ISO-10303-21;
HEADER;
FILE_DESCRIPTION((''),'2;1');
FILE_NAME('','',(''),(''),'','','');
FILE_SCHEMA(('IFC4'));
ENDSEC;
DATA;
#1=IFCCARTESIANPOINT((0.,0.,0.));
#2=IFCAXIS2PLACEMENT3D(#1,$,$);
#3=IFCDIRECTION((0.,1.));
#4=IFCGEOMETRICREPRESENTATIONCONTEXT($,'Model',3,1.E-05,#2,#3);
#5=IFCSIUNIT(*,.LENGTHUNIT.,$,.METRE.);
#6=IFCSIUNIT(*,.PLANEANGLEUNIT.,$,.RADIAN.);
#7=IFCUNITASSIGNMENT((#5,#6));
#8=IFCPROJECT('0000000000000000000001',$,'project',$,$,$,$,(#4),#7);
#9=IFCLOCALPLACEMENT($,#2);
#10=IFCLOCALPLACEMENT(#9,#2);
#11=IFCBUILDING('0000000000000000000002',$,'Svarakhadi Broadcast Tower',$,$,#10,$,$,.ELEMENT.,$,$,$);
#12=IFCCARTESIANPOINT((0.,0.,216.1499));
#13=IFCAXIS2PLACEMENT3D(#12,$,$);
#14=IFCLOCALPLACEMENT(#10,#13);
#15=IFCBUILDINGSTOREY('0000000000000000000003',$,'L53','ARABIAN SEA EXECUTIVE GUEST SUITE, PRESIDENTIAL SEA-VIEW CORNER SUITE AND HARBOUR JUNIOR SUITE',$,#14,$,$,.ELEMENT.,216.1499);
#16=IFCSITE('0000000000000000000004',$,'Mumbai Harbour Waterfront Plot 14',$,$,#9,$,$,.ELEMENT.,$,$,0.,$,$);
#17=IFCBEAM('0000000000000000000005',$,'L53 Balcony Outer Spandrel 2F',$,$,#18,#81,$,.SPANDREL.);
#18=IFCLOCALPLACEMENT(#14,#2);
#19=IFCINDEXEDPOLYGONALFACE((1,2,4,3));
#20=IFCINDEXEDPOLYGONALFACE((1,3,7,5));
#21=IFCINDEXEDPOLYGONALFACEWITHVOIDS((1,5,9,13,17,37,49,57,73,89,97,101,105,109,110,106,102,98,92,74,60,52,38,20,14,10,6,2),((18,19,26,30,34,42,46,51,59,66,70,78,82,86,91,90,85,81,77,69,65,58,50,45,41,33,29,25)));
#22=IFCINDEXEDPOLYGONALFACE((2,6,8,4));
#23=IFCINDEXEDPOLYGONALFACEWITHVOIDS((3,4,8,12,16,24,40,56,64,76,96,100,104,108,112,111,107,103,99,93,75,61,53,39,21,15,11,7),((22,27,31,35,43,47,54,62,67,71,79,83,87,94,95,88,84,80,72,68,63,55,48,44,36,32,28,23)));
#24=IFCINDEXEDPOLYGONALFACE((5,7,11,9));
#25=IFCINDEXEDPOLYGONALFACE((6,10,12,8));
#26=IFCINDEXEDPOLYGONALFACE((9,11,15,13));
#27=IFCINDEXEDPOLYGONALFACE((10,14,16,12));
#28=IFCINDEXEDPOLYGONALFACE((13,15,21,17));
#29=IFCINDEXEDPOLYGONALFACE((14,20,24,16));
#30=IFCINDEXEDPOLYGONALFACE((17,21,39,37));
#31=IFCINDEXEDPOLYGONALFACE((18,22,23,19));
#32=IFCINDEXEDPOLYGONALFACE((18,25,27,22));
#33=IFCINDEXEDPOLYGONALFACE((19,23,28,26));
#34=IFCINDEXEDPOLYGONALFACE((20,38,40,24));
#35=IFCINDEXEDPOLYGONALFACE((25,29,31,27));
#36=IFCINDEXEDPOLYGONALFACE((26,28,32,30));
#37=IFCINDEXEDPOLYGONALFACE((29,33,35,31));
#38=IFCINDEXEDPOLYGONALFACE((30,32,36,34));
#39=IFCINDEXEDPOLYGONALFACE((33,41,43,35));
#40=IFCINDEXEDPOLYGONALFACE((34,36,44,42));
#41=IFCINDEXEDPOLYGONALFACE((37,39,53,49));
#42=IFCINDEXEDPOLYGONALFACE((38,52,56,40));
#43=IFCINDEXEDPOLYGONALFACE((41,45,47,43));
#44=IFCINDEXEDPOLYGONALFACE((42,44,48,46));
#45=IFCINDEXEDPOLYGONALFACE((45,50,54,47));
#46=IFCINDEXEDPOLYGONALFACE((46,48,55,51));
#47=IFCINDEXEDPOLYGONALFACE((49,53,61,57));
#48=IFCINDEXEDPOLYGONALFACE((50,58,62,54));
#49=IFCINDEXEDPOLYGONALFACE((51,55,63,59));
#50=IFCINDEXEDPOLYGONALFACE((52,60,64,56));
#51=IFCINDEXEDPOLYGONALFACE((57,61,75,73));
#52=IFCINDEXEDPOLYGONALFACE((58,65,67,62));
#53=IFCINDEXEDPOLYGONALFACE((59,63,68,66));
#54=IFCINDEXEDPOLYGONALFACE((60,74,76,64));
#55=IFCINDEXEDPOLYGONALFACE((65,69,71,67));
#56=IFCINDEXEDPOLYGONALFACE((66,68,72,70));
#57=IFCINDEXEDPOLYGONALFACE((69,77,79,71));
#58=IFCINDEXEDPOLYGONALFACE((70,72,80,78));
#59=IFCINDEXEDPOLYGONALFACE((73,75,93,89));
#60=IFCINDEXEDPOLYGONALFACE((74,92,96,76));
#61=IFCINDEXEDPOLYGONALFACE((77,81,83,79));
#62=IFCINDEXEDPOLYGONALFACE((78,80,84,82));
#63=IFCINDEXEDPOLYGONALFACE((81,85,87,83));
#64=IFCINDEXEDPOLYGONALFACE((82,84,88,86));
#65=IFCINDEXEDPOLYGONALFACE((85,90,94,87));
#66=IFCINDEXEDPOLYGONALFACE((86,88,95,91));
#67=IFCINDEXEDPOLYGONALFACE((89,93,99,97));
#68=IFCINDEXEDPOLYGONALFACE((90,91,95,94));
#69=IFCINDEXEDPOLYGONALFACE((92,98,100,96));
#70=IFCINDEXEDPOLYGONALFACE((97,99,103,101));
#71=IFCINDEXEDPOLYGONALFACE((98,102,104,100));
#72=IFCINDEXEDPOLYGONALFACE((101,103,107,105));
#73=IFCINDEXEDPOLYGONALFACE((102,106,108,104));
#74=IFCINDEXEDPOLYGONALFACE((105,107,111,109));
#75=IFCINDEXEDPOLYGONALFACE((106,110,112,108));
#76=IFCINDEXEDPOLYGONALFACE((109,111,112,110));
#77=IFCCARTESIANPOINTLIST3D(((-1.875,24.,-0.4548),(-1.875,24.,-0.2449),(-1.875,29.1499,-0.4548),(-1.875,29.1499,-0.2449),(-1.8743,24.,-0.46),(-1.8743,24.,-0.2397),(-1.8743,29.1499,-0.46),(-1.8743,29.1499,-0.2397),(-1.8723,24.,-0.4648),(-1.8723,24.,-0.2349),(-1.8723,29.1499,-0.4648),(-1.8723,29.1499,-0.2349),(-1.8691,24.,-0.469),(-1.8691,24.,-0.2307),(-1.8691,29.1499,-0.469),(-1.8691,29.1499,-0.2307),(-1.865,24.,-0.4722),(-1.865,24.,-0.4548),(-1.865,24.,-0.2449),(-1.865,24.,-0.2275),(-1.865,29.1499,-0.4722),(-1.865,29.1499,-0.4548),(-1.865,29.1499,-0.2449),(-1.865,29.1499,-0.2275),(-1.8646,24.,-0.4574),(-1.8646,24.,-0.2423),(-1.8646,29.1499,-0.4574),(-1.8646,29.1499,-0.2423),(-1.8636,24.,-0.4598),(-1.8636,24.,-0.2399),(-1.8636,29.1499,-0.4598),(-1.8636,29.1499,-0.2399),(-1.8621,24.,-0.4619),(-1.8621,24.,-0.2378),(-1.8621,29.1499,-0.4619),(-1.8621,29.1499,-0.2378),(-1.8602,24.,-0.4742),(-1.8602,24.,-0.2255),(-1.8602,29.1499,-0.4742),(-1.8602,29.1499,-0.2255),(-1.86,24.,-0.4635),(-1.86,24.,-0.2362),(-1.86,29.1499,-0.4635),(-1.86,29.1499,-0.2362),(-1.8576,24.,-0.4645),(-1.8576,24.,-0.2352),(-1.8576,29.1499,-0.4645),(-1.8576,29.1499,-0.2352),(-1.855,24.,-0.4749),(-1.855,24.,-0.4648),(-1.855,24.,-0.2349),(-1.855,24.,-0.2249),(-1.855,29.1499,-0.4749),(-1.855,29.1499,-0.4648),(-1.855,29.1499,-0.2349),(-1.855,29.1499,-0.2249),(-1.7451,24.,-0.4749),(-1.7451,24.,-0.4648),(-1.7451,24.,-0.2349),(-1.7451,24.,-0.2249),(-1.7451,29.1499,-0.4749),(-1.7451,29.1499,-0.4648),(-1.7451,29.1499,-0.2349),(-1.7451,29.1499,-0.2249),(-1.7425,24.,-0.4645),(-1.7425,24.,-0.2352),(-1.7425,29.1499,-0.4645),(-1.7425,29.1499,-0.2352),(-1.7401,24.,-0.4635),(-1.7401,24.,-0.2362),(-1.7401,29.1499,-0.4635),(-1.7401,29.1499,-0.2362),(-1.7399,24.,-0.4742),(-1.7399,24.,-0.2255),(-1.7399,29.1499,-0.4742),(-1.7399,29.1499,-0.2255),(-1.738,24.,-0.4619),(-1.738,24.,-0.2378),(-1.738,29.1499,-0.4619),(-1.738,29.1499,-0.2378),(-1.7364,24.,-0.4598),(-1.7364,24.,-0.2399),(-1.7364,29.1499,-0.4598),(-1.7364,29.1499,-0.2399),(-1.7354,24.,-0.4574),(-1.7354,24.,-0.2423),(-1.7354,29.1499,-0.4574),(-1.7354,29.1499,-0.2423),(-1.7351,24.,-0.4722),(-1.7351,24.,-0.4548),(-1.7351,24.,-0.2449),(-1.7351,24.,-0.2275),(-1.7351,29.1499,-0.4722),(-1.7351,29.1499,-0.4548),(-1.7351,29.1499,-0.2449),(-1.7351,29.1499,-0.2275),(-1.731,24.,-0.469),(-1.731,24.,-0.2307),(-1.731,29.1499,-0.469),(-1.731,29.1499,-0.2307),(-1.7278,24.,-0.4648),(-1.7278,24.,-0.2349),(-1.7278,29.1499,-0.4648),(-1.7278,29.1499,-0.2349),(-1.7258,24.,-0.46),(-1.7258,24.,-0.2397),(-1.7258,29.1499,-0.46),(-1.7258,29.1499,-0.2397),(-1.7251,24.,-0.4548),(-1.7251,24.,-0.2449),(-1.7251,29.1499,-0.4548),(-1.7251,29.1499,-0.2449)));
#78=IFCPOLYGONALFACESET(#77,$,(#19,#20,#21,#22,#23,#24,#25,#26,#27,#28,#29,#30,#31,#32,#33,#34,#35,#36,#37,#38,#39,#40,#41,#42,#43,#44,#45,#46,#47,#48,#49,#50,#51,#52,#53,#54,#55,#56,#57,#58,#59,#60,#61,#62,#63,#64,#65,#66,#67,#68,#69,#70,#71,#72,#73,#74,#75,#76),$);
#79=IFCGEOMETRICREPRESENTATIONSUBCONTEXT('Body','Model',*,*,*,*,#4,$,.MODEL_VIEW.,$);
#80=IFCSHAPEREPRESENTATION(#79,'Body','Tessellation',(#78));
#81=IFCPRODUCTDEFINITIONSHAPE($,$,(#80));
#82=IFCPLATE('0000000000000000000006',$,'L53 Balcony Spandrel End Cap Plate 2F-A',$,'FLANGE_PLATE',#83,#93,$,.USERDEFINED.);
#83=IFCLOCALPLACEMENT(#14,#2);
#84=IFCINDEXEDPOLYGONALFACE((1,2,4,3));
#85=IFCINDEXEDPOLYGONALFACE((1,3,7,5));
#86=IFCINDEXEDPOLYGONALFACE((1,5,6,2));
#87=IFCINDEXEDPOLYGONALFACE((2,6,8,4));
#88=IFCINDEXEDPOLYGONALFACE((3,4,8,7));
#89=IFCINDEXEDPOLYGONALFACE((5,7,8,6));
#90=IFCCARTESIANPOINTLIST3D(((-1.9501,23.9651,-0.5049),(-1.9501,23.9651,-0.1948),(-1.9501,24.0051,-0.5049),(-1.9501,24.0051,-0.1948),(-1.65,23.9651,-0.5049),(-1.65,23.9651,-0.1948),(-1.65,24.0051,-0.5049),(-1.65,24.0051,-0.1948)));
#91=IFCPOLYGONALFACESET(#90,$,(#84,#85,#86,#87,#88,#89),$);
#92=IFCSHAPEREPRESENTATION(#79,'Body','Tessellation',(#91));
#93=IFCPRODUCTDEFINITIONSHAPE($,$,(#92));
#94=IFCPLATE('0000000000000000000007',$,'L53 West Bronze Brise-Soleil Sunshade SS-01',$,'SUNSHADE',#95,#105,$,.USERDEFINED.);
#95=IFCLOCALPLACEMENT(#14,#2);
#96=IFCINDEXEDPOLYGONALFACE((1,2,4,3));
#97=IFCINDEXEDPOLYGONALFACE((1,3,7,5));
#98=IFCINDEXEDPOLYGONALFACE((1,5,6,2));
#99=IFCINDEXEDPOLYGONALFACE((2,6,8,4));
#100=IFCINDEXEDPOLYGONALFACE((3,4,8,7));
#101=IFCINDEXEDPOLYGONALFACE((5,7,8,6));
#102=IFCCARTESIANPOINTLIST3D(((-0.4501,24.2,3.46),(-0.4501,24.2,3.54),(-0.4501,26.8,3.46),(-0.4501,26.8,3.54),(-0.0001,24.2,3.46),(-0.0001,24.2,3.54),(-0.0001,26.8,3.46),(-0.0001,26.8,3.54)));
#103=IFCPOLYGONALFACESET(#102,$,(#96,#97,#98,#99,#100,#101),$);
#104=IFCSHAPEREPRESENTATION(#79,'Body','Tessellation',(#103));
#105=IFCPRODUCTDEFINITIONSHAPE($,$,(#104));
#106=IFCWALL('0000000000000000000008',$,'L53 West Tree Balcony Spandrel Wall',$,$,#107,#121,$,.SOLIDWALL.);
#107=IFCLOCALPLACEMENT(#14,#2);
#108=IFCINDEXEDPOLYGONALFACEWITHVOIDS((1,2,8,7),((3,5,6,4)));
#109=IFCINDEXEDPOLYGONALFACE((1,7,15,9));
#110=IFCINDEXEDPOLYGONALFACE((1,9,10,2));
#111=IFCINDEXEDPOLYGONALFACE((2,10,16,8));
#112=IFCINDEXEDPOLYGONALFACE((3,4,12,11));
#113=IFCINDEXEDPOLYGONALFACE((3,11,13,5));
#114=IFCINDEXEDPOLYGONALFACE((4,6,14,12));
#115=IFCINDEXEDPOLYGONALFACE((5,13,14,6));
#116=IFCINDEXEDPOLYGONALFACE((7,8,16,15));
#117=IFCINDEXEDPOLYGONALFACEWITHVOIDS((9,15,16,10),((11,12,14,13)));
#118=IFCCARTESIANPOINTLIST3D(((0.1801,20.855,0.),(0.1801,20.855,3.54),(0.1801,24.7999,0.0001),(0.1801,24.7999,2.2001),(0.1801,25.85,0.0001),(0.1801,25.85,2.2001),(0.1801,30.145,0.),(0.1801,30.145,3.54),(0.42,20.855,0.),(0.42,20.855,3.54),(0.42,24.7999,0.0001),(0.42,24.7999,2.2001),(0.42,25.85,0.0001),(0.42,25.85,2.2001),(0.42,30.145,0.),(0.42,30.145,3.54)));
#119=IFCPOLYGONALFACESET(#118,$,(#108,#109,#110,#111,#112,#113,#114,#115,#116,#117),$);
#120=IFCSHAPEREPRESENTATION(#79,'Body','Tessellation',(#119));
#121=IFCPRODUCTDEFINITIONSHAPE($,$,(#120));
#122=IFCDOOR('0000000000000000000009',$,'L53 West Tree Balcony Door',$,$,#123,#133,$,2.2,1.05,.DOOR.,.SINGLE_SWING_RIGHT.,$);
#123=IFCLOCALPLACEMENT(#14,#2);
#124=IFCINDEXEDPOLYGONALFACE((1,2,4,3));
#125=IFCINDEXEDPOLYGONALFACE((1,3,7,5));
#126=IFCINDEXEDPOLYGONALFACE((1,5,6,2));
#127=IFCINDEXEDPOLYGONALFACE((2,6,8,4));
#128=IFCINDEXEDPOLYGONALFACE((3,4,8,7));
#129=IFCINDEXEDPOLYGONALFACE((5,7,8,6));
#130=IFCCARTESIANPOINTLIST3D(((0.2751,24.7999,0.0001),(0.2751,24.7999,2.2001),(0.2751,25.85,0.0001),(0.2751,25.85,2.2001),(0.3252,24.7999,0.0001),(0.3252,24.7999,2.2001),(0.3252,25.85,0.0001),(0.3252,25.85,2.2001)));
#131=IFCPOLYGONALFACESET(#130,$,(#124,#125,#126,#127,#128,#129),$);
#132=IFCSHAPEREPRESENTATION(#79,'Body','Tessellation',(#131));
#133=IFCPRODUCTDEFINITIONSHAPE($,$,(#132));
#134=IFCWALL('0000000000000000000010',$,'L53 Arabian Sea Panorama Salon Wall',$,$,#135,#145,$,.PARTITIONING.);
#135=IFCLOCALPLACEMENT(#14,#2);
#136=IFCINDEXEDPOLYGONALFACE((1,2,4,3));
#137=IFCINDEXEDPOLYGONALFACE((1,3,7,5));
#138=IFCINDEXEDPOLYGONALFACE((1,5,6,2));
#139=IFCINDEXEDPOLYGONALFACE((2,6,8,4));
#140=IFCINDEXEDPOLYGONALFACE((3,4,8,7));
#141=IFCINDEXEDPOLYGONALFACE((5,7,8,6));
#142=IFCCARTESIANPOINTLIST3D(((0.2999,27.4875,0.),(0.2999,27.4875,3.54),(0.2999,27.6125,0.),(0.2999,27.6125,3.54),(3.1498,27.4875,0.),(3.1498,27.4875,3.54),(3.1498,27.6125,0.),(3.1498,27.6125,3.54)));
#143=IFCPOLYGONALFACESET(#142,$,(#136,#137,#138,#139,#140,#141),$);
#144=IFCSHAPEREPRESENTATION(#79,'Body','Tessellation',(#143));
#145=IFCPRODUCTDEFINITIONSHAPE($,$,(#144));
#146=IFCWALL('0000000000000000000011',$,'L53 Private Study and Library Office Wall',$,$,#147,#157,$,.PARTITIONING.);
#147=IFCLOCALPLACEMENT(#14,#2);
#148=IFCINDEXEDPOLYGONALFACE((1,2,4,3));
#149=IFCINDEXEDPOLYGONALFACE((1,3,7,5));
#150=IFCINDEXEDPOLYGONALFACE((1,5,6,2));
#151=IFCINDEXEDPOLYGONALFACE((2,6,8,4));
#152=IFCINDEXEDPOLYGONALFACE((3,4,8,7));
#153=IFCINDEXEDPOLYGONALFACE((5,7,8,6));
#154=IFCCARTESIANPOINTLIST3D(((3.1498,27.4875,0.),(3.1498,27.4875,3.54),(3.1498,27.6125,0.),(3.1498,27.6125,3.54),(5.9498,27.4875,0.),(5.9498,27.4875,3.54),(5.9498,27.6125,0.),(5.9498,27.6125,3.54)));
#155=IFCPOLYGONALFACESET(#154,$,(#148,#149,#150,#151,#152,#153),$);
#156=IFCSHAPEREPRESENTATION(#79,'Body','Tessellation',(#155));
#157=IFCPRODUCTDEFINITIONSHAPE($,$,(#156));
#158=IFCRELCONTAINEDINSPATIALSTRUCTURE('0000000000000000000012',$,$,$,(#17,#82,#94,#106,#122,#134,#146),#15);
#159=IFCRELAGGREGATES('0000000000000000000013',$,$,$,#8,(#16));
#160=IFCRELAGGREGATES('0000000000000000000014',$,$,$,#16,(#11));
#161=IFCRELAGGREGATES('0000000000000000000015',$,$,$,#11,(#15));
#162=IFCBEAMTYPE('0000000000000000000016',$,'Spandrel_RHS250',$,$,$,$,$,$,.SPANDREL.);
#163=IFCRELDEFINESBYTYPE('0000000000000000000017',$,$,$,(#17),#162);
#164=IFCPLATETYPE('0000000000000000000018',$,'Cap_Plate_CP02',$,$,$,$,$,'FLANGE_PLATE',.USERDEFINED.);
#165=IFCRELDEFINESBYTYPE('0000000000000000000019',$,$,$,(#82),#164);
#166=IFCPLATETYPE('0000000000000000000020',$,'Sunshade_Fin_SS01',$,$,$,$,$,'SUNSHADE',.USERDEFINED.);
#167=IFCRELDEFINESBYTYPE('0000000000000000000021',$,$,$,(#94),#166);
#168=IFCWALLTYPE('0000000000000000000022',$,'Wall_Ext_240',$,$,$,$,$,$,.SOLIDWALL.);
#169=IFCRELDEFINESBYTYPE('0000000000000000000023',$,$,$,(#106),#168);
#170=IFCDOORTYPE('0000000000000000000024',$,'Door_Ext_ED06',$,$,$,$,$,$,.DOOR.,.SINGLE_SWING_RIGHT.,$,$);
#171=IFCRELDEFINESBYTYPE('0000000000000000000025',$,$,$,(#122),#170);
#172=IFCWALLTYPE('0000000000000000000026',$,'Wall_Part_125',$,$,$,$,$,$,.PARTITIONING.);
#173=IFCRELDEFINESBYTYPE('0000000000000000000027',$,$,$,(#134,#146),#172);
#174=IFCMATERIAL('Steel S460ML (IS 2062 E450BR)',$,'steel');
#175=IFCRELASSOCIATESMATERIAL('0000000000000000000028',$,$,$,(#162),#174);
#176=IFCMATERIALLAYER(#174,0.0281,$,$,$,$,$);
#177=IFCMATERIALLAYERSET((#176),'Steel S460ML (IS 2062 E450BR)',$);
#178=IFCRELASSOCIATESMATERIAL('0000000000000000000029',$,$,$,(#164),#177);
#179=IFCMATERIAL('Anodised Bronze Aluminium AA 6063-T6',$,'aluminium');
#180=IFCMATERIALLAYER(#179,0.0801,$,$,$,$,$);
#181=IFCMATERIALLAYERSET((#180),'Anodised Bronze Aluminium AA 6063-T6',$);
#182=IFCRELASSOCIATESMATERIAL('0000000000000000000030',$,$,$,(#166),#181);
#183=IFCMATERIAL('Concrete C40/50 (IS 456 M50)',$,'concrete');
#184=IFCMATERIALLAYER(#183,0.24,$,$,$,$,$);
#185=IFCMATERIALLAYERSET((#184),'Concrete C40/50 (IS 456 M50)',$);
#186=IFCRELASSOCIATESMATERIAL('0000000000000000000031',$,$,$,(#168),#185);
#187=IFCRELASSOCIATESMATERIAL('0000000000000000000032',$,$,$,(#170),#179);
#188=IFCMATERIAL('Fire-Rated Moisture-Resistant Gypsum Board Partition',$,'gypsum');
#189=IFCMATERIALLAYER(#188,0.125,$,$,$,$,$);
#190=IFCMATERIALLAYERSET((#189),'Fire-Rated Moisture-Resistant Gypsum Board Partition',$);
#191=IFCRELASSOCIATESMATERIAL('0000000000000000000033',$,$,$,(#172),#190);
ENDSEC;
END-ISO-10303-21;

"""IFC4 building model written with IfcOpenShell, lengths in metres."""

from ifc_helpers import new_model, si_unit, direction, frame, frame_2d, origin, origin_2d, place, context, subcontext, project, spatial, rectangle, hollow_rectangle, extrude, material, layer, layer_set, material_profile, profile_set, type_object, element, fill, save


model = new_model("IFC4")

# Units and contexts
model_context = context("Model", 3, precision=1e-05, world=origin(), true_north=direction((0.0, 1.0)))
body_context = subcontext(model_context, "Body", "Model", "MODEL_VIEW")
ifc_project = project(units=[si_unit("LENGTHUNIT", "METRE"), si_unit("PLANEANGLEUNIT", "RADIAN")], contexts=[model_context])

# Site, building, storey
site_placement = place(None, origin())
site = spatial("IfcSite", under=ifc_project, at=site_placement, Name="Mumbai Harbour Waterfront Plot 14", CompositionType="ELEMENT", RefElevation=0.0)
building_placement = place(site_placement, origin())
building = spatial("IfcBuilding", under=site, at=building_placement, Name="Svarakhadi Broadcast Tower", CompositionType="ELEMENT")
storey_placement = place(building_placement, frame((0.0, 0.0, 216.1499)))
storey = spatial("IfcBuildingStorey", under=building, at=storey_placement, Name="L53", Description="ARABIAN SEA EXECUTIVE GUEST SUITE, PRESIDENTIAL SEA-VIEW CORNER SUITE AND HARBOUR JUNIOR SUITE", CompositionType="ELEMENT", Elevation=216.1499)

# Shared definitions
ifc_material_1 = material(Name="Anodised Bronze Aluminium AA 6063-T6", Category="aluminium")

# Beam
ifc_material_2 = material(Name="Steel S460ML (IS 2062 E450BR)", Category="steel")
ifc_material_profile_1 = material_profile(ifc_material_2, hollow_rectangle(XDim=0.1499, YDim=0.25, WallThickness=0.01, InnerFilletRadius=0.01, OuterFilletRadius=0.02, at=origin_2d()), Name="RHS 250x150x10")
ifc_profile_set_1 = profile_set([ifc_material_profile_1], Name="Steel S460ML (IS 2062 E450BR)")
beam_type_1 = type_object("IfcBeamType", Name="Spandrel_RHS250", PredefinedType="SPANDREL", material=ifc_profile_set_1)
beam_1_placement = place(storey_placement, frame((-1.8, 24.0, -0.3499), z_axis=(0.0, 1.0, 0.0), x_axis=(-1.0, 0.0, 0.0)))
element("IfcBeam", 1, at=beam_1_placement, inside=storey, type_object=beam_type_1, Name="L53 Balcony Outer Spandrel 2F", PredefinedType="SPANDREL", context=body_context, shape_type="SweptSolid", body=[
    extrude(hollow_rectangle(XDim=0.1499, YDim=0.25, WallThickness=0.01, InnerFilletRadius=0.01, OuterFilletRadius=0.02, at=origin_2d()), origin(), (0.0, 0.0, 1.0), 5.1499),
])

# Plates
ifc_layer_1 = layer(ifc_material_2, 0.0281)
ifc_layer_set_1 = layer_set([ifc_layer_1], Name="Steel S460ML (IS 2062 E450BR)")
plate_type_1 = type_object("IfcPlateType", Name="Cap_Plate_CP02", ElementType="FLANGE_PLATE", PredefinedType="USERDEFINED", material=ifc_layer_set_1)
plate_1_placement = place(storey_placement, frame((-1.8, 23.9851, -0.5049), z_axis=(0.0, 0.0, 1.0), x_axis=(1.0, 0.0, 0.0)))
element("IfcPlate", 2, at=plate_1_placement, inside=storey, type_object=plate_type_1, Name="L53 Balcony Spandrel End Cap Plate 2F-A", ObjectType="FLANGE_PLATE", PredefinedType="USERDEFINED", context=body_context, shape_type="SweptSolid", body=[
    extrude(rectangle(XDim=0.3, YDim=0.04, at=origin_2d()), origin(), (0.0, 0.0, 1.0), 0.3101),
])
ifc_layer_2 = layer(ifc_material_1, 0.0801)
ifc_layer_set_2 = layer_set([ifc_layer_2], Name="Anodised Bronze Aluminium AA 6063-T6")
plate_type_2 = type_object("IfcPlateType", Name="Sunshade_Fin_SS01", ElementType="SUNSHADE", PredefinedType="USERDEFINED", material=ifc_layer_set_2)
plate_2_placement = place(storey_placement, frame((-0.2251, 25.5, 3.46), z_axis=(0.0, 0.0, 1.0), x_axis=(0.0, 1.0, 0.0)))
element("IfcPlate", 3, at=plate_2_placement, inside=storey, type_object=plate_type_2, Name="L53 West Bronze Brise-Soleil Sunshade SS-01", ObjectType="SUNSHADE", PredefinedType="USERDEFINED", context=body_context, shape_type="SweptSolid", body=[
    extrude(rectangle(XDim=2.6001, YDim=0.45, at=origin_2d()), origin(), (0.0, 0.0, 1.0), 0.0801),
])

# Wall, opening, door
ifc_material_3 = material(Name="Concrete C40/50 (IS 456 M50)", Category="concrete")
ifc_layer_3 = layer(ifc_material_3, 0.24)
ifc_layer_set_3 = layer_set([ifc_layer_3], Name="Concrete C40/50 (IS 456 M50)")
wall_type_1 = type_object("IfcWallType", Name="Wall_Ext_240", PredefinedType="SOLIDWALL", material=ifc_layer_set_3)
wall_1_placement = place(storey_placement, frame((0.3, 20.855, 0.0), z_axis=(0.0, 0.0, 1.0), x_axis=(0.0, 1.0, 0.0)))
wall_1 = element("IfcWall", 4, at=wall_1_placement, inside=storey, type_object=wall_type_1, Name="L53 West Tree Balcony Spandrel Wall", PredefinedType="SOLIDWALL", context=body_context, shape_type="SweptSolid", body=[
    extrude(rectangle(XDim=9.29, YDim=0.24, at=frame_2d((4.645, 0.0))), origin(), (0.0, 0.0, 1.0), 3.54),
])
opening_1_placement = place(wall_1_placement, frame((3.9451, 0.0, 0.0)))
opening_1 = element("IfcOpeningElement", 5, at=opening_1_placement, cuts=wall_1, PredefinedType="OPENING", context=body_context, shape_type="SweptSolid", body=[
    extrude(rectangle(XDim=1.05, YDim=2.2, at=frame_2d((0.5249, 1.1001))), frame((0.0, 0.1299, 0.0), z_axis=(0.0, -1.0, 0.0), x_axis=(1.0, 0.0, 0.0)), (0.0, 0.0, 1.0), 0.26),
])
door_type_1 = type_object("IfcDoorType", Name="Door_Ext_ED06", OperationType="SINGLE_SWING_RIGHT", PredefinedType="DOOR", material=ifc_material_1)
door_1_placement = place(opening_1_placement, origin())
door_1 = element("IfcDoor", 6, at=door_1_placement, inside=storey, type_object=door_type_1, Name="L53 West Tree Balcony Door", OperationType="SINGLE_SWING_RIGHT", OverallHeight=2.2, OverallWidth=1.05, PredefinedType="DOOR", context=body_context, shape_type="SweptSolid", body=[
    extrude(rectangle(XDim=1.05, YDim=2.2, at=frame_2d((0.5249, 1.1001))), frame((0.0, 0.0249, 0.0), z_axis=(0.0, -1.0, 0.0), x_axis=(1.0, 0.0, 0.0)), (0.0, 0.0, 1.0), 0.05),
])
fill(opening_1, door_1)

# Walls
ifc_material_4 = material(Name="Fire-Rated Moisture-Resistant Gypsum Board Partition", Category="gypsum")
ifc_layer_4 = layer(ifc_material_4, 0.125)
ifc_layer_set_4 = layer_set([ifc_layer_4], Name="Fire-Rated Moisture-Resistant Gypsum Board Partition")
wall_type_2 = type_object("IfcWallType", Name="Wall_Part_125", PredefinedType="PARTITIONING", material=ifc_layer_set_4)
wall_2_placement = place(storey_placement, frame((0.3, 27.55, 0.0), z_axis=(0.0, 0.0, 1.0), x_axis=(1.0, 0.0, 0.0)))
element("IfcWall", 7, at=wall_2_placement, inside=storey, type_object=wall_type_2, Name="L53 Arabian Sea Panorama Salon Wall", PredefinedType="PARTITIONING", context=body_context, shape_type="SweptSolid", body=[
    extrude(rectangle(XDim=2.8499, YDim=0.125, at=frame_2d((1.4248, 0.0))), origin(), (0.0, 0.0, 1.0), 3.54),
])
wall_3_placement = place(storey_placement, frame((3.1499, 27.55, 0.0), z_axis=(0.0, 0.0, 1.0), x_axis=(1.0, 0.0, 0.0)))
element("IfcWall", 8, at=wall_3_placement, inside=storey, type_object=wall_type_2, Name="L53 Private Study and Library Office Wall", PredefinedType="PARTITIONING", context=body_context, shape_type="SweptSolid", body=[
    extrude(rectangle(XDim=2.8, YDim=0.125, at=frame_2d((1.3999, 0.0))), origin(), (0.0, 0.0, 1.0), 3.54),
])

save(model, "model.ifc")
